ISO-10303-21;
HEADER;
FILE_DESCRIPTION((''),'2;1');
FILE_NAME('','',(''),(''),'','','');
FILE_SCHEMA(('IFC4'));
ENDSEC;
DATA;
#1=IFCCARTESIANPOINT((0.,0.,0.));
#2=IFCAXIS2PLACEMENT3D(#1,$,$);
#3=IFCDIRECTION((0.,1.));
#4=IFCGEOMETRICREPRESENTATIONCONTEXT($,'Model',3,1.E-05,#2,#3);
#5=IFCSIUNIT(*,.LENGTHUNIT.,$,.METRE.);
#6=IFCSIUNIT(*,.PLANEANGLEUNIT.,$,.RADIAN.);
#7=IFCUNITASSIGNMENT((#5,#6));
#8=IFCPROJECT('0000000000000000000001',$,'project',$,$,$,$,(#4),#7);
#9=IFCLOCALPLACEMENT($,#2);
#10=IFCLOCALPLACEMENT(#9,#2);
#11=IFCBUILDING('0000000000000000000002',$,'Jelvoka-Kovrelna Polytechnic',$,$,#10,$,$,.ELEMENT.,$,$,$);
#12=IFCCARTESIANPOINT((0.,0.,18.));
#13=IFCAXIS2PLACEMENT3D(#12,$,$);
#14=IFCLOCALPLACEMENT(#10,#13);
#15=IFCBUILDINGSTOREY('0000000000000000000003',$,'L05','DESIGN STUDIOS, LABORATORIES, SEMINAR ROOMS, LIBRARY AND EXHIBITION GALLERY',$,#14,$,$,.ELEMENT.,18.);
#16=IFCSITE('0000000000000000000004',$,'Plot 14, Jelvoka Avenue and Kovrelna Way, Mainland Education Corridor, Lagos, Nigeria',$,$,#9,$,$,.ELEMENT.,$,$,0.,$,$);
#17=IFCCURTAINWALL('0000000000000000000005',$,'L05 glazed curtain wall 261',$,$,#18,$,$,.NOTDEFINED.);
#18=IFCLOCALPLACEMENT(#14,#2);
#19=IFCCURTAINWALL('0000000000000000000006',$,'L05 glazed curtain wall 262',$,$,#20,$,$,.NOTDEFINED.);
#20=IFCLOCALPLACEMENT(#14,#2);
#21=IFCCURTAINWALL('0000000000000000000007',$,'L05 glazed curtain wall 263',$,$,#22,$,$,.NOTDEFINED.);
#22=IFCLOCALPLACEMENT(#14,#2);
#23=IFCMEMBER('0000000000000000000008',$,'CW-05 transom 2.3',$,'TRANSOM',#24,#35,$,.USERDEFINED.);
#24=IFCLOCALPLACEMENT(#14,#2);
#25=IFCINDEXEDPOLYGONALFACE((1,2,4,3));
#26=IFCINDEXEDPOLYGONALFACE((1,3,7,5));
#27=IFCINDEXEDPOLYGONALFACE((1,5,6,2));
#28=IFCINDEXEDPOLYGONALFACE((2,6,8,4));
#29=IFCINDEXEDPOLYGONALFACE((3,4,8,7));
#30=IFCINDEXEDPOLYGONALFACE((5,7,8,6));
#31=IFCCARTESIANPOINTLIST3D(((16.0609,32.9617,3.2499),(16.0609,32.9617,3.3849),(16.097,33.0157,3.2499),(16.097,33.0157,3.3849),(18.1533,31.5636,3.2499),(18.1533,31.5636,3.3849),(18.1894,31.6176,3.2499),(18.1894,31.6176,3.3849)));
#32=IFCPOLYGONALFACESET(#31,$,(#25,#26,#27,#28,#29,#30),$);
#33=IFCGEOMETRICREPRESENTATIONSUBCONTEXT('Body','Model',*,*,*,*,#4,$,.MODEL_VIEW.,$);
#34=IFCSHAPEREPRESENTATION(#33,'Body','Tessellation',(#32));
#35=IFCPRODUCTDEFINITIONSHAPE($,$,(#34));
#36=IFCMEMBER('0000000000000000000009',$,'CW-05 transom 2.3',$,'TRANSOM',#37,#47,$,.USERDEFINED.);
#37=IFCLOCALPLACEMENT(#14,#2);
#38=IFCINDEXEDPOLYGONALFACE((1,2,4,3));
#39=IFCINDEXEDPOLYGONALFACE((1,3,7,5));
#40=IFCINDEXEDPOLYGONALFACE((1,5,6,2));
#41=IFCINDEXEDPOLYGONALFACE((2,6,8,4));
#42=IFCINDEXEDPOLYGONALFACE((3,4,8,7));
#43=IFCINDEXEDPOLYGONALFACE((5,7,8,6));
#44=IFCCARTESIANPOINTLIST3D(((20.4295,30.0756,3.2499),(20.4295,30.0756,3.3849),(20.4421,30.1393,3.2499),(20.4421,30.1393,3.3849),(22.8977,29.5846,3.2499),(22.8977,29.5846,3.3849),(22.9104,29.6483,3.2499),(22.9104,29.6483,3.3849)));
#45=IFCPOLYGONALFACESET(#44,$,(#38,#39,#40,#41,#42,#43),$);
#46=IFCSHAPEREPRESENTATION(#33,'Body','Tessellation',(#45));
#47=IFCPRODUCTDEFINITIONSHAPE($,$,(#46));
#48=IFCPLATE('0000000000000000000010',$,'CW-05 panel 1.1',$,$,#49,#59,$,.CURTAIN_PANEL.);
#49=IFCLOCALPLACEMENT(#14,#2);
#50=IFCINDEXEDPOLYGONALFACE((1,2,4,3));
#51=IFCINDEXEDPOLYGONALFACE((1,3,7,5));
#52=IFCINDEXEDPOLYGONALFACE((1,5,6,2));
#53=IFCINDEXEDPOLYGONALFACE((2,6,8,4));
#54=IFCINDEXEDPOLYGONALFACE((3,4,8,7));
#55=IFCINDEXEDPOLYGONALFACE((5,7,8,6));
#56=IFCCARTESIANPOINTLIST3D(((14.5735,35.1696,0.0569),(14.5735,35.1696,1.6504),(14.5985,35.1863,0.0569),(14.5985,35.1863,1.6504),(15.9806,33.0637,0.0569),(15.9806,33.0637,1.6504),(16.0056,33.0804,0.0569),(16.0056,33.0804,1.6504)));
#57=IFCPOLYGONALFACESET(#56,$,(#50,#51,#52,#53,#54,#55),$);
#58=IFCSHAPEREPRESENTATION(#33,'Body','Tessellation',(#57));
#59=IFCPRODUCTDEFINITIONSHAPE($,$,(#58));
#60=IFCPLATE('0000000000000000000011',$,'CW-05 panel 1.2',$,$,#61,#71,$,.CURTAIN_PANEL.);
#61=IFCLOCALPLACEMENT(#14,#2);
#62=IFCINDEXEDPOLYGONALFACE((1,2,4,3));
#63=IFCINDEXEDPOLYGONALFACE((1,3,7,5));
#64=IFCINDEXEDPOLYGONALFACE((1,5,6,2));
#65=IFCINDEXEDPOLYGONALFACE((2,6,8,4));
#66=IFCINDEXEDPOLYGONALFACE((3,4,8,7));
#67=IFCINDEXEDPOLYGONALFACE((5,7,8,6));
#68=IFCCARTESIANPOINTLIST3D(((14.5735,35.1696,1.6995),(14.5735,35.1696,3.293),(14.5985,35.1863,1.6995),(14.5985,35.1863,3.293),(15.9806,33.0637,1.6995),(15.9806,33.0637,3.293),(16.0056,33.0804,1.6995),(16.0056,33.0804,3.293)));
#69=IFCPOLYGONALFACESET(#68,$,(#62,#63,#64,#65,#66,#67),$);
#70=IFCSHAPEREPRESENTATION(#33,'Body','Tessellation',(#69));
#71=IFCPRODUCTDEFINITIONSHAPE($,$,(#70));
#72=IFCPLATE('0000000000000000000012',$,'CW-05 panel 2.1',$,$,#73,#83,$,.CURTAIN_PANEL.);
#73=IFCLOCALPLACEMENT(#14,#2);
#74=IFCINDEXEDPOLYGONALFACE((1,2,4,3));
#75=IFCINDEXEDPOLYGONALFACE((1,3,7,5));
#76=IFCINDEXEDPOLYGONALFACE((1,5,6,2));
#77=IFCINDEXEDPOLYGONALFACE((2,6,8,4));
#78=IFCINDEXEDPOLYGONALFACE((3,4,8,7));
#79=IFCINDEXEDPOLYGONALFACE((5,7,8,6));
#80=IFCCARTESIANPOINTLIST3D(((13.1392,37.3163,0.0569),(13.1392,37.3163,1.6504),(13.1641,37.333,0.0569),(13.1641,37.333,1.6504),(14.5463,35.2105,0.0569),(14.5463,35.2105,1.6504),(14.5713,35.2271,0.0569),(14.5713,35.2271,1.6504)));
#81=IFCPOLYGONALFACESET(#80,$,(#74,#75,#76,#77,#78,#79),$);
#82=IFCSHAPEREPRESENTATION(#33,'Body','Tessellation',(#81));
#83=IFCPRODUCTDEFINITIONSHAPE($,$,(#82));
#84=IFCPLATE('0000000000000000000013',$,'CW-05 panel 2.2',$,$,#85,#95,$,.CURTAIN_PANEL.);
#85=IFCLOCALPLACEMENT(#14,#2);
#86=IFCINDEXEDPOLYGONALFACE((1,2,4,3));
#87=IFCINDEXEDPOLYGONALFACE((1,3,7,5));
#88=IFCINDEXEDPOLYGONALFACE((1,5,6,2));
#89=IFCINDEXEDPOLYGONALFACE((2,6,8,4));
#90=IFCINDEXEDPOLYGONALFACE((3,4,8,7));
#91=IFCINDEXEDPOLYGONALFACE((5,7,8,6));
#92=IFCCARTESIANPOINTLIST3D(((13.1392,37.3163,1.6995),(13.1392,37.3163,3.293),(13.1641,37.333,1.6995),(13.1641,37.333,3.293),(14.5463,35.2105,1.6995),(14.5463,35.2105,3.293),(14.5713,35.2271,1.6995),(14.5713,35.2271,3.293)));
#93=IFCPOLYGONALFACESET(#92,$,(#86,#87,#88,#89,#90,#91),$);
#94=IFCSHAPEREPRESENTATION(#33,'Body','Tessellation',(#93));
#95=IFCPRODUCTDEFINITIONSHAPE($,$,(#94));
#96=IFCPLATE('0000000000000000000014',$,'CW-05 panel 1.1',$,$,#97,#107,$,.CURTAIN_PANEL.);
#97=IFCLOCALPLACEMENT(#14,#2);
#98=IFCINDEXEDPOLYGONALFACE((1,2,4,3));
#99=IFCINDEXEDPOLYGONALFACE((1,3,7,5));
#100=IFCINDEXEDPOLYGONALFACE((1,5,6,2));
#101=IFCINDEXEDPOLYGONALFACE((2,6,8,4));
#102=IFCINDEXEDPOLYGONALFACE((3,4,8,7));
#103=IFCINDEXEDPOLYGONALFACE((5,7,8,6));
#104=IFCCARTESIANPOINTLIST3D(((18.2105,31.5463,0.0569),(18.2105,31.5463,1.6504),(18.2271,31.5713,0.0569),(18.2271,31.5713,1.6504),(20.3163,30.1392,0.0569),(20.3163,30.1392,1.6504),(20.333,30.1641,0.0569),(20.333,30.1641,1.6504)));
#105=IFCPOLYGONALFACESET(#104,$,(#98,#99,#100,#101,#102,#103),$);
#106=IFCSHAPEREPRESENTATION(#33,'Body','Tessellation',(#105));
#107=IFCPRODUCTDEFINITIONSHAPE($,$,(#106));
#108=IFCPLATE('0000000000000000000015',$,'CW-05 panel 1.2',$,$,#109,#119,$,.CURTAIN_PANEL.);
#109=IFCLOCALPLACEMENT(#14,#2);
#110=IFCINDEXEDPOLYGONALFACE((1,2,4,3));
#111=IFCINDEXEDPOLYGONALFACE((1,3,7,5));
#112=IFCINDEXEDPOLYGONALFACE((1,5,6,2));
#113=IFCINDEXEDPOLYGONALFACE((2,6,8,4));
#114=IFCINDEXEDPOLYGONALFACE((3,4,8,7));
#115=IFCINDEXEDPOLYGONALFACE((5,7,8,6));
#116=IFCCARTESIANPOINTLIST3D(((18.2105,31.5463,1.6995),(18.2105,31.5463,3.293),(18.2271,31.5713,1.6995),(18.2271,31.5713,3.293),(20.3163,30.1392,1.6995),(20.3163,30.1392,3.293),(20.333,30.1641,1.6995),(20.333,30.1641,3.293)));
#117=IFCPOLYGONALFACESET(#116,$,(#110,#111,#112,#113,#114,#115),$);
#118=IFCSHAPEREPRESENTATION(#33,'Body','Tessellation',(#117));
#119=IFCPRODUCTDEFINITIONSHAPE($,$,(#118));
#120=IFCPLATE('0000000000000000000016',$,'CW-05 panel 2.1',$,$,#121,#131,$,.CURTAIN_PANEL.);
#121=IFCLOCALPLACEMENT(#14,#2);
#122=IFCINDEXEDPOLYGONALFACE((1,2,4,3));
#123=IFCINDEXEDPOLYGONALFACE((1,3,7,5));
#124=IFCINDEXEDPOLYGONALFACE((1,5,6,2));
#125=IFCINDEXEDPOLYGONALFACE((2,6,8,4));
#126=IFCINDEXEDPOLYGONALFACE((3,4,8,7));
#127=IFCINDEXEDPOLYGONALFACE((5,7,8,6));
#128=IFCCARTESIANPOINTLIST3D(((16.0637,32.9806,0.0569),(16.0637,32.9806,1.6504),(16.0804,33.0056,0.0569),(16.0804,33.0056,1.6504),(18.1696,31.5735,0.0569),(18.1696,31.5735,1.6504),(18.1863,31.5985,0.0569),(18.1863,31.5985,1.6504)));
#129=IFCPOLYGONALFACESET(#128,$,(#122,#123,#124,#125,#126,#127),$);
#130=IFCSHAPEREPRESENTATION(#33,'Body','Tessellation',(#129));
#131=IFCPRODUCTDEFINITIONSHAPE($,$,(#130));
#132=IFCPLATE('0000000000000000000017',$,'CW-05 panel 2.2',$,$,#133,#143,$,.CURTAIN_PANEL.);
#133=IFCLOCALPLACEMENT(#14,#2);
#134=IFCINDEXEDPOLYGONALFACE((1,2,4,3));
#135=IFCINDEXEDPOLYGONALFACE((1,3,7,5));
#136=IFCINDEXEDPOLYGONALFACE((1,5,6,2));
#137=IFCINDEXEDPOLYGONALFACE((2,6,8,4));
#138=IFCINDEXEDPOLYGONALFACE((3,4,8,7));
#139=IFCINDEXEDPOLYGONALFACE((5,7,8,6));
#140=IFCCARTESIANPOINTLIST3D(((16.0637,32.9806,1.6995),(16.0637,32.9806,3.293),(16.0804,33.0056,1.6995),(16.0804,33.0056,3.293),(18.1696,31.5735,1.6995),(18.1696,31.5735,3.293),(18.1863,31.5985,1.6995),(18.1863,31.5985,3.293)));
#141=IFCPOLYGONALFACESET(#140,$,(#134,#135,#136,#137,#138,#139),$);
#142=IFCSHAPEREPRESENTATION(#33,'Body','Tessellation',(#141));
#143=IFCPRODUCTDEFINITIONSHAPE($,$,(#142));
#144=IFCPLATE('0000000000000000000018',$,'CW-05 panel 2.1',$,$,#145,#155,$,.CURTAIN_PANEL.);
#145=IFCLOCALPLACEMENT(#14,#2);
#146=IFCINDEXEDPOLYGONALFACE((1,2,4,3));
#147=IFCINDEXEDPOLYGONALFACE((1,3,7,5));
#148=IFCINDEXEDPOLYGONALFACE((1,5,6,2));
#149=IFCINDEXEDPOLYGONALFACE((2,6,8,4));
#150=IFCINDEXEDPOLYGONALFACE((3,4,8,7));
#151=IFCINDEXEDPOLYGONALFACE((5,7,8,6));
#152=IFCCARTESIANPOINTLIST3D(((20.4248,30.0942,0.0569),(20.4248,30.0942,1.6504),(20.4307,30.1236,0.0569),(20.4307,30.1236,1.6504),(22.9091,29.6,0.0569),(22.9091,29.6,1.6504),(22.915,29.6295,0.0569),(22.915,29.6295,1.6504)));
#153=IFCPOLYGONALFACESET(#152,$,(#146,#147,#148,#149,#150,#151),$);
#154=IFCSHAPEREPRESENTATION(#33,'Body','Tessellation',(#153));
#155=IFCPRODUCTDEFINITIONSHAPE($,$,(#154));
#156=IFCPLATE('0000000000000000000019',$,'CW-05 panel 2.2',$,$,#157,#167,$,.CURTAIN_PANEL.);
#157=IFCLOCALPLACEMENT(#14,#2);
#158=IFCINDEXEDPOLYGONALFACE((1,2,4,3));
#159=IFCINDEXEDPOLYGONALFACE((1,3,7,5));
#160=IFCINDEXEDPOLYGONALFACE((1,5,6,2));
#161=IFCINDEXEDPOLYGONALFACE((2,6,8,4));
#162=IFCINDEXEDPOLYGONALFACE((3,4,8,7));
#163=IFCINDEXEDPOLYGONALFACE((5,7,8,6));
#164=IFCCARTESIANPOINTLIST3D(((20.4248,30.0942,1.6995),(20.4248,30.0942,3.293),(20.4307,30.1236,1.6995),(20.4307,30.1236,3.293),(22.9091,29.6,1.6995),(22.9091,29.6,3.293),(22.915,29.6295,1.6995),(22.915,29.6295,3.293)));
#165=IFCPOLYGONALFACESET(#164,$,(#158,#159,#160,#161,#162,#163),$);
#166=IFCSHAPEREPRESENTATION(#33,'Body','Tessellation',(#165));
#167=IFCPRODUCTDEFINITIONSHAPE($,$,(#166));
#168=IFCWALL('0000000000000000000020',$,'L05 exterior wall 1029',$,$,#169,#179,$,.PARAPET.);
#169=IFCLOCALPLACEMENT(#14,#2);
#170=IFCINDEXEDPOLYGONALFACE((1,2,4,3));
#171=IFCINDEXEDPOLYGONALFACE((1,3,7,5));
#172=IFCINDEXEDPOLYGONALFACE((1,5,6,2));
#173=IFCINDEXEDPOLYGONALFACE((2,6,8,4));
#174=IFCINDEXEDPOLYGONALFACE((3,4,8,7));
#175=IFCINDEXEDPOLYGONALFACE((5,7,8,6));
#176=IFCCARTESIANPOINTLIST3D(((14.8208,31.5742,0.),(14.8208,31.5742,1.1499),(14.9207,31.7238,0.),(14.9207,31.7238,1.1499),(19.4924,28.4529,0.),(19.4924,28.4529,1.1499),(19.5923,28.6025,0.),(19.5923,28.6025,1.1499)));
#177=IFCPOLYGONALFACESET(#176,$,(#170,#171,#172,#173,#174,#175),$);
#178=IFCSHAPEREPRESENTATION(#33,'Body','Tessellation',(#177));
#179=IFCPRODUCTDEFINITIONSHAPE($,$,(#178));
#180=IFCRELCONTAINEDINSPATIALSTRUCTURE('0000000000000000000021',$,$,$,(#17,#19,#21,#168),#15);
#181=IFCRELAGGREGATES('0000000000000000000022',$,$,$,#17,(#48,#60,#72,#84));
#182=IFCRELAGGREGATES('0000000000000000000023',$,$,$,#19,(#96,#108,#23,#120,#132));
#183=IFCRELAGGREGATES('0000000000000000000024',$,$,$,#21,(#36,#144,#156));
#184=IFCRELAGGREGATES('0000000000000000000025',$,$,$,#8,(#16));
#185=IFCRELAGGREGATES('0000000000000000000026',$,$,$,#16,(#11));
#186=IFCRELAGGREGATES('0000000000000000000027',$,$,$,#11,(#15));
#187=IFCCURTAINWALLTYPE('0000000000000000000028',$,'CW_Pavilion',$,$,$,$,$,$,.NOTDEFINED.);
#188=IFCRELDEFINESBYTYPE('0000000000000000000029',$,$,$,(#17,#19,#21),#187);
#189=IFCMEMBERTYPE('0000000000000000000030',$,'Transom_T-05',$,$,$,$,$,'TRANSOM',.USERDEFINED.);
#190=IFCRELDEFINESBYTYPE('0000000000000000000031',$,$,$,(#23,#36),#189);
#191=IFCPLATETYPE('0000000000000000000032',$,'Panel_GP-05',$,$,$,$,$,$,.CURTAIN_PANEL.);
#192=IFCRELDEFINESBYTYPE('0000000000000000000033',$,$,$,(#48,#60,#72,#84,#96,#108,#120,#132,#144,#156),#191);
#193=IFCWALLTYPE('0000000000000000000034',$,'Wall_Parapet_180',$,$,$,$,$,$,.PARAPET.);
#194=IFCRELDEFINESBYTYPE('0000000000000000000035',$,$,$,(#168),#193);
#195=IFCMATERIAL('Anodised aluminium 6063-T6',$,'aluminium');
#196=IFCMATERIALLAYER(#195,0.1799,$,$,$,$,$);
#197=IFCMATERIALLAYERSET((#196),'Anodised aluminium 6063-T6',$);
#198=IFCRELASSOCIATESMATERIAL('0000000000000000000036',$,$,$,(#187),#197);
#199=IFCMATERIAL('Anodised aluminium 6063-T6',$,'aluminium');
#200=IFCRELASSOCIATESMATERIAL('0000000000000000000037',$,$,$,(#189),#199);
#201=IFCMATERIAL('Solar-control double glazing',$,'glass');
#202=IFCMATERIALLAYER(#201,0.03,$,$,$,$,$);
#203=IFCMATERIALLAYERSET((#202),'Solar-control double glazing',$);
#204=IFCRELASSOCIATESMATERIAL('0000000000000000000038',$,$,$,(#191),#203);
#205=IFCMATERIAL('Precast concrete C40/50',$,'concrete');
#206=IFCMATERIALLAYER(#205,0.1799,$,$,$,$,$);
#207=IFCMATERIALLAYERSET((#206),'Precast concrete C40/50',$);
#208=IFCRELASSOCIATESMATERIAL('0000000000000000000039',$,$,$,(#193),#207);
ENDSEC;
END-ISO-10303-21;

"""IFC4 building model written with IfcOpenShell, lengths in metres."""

from ifc_helpers import new_model, si_unit, direction, frame, frame_2d, origin, origin_2d, place, context, subcontext, project, spatial, rectangle, extrude, material, layer, layer_set, material_profile, profile_set, type_object, element, aggregate, save


model = new_model("IFC4")

# Units and contexts
model_context = context("Model", 3, precision=1e-05, world=origin(), true_north=direction((0.0, 1.0)))
body_context = subcontext(model_context, "Body", "Model", "MODEL_VIEW")
ifc_project = project(units=[si_unit("LENGTHUNIT", "METRE"), si_unit("PLANEANGLEUNIT", "RADIAN")], contexts=[model_context])

# Site, building, storey
site_placement = place(None, origin())
site = spatial("IfcSite", under=ifc_project, at=site_placement, Name="Plot 14, Jelvoka Avenue and Kovrelna Way, Mainland Education Corridor, Lagos, Nigeria", CompositionType="ELEMENT", RefElevation=0.0)
building_placement = place(site_placement, origin())
building = spatial("IfcBuilding", under=site, at=building_placement, Name="Jelvoka-Kovrelna Polytechnic", CompositionType="ELEMENT")
storey_placement = place(building_placement, frame((0.0, 0.0, 18.0)))
storey = spatial("IfcBuildingStorey", under=building, at=storey_placement, Name="L05", Description="DESIGN STUDIOS, LABORATORIES, SEMINAR ROOMS, LIBRARY AND EXHIBITION GALLERY", CompositionType="ELEMENT", Elevation=18.0)

# Curtain walls
ifc_material_1 = material(Name="Anodised aluminium 6063-T6", Category="aluminium")
ifc_layer_1 = layer(ifc_material_1, 0.1799)
ifc_layer_set_1 = layer_set([ifc_layer_1], Name="Anodised aluminium 6063-T6")
curtain_wall_type = type_object("IfcCurtainWallType", Name="CW_Pavilion", PredefinedType="NOTDEFINED", material=ifc_layer_set_1)
curtain_wall_1_placement = place(storey_placement, origin())
curtain_wall_1 = element("IfcCurtainWall", 1, at=curtain_wall_1_placement, inside=storey, type_object=curtain_wall_type, Name="L05 glazed curtain wall 261", PredefinedType="NOTDEFINED")
curtain_wall_2_placement = place(storey_placement, origin())
curtain_wall_2 = element("IfcCurtainWall", 2, at=curtain_wall_2_placement, inside=storey, type_object=curtain_wall_type, Name="L05 glazed curtain wall 262", PredefinedType="NOTDEFINED")

# Curtain wall
curtain_wall_3_placement = place(storey_placement, origin())
curtain_wall_3 = element("IfcCurtainWall", 3, at=curtain_wall_3_placement, inside=storey, type_object=curtain_wall_type, Name="L05 glazed curtain wall 263", PredefinedType="NOTDEFINED")

# Members
ifc_material_2 = material(Name="Anodised aluminium 6063-T6", Category="aluminium")
ifc_material_profile_1 = material_profile(ifc_material_2, rectangle(XDim=0.0649, YDim=0.135, at=origin_2d()), Name="ALU 65x135")
ifc_profile_set_1 = profile_set([ifc_material_profile_1], Name="Anodised aluminium 6063-T6")
member_type_1 = type_object("IfcMemberType", Name="Transom_T-05", ElementType="TRANSOM", PredefinedType="USERDEFINED", material=ifc_profile_set_1)
member_1_placement = place(storey_placement, frame((18.1714, 31.5906, 3.3174), z_axis=(-0.831468, 0.555573, 0.0), x_axis=(-0.555573, -0.831468, 0.0)))
member_1 = element("IfcMember", 4, at=member_1_placement, type_object=member_type_1, Name="CW-05 transom 2.3", ObjectType="TRANSOM", PredefinedType="USERDEFINED", context=body_context, shape_type="SweptSolid", body=[
    extrude(rectangle(XDim=0.0649, YDim=0.135, at=origin_2d()), origin(), (0.0, 0.0, 1.0), 2.5166),
])
member_2_placement = place(storey_placement, frame((22.9041, 29.6165, 3.3174), z_axis=(-0.980785, 0.19509, 0.0), x_axis=(-0.19509, -0.980785, 0.0)))
member_2 = element("IfcMember", 5, at=member_2_placement, type_object=member_type_1, Name="CW-05 transom 2.3", ObjectType="TRANSOM", PredefinedType="USERDEFINED", context=body_context, shape_type="SweptSolid", body=[
    extrude(rectangle(XDim=0.0649, YDim=0.135, at=origin_2d()), origin(), (0.0, 0.0, 1.0), 2.5166),
])

# Plates
ifc_material_3 = material(Name="Solar-control double glazing", Category="glass")
ifc_layer_2 = layer(ifc_material_3, 0.03)
ifc_layer_set_2 = layer_set([ifc_layer_2], Name="Solar-control double glazing")
plate_type = type_object("IfcPlateType", Name="Panel_GP-05", PredefinedType="CURTAIN_PANEL", material=ifc_layer_set_2)
plate_1_placement = place(storey_placement, frame((15.2896, 34.125, 0.0569), z_axis=(0.0, 0.0, 1.0), x_axis=(-0.555583, 0.831461, 0.0)))
plate_1 = element("IfcPlate", 6, at=plate_1_placement, type_object=plate_type, Name="CW-05 panel 1.1", PredefinedType="CURTAIN_PANEL", context=body_context, shape_type="SweptSolid", body=[
    extrude(rectangle(XDim=2.5327, YDim=0.03, at=origin_2d()), origin(), (0.0, 0.0, 1.0), 1.5935),
])
plate_2_placement = place(storey_placement, frame((15.2896, 34.125, 1.6995), z_axis=(0.0, 0.0, 1.0), x_axis=(-0.555583, 0.831461, 0.0)))
plate_2 = element("IfcPlate", 7, at=plate_2_placement, type_object=plate_type, Name="CW-05 panel 1.2", PredefinedType="CURTAIN_PANEL", context=body_context, shape_type="SweptSolid", body=[
    extrude(rectangle(XDim=2.5327, YDim=0.03, at=origin_2d()), origin(), (0.0, 0.0, 1.0), 1.5935),
])
plate_3_placement = place(storey_placement, frame((13.8552, 36.2717, 0.0569), z_axis=(0.0, 0.0, 1.0), x_axis=(-0.555583, 0.831461, 0.0)))
plate_3 = element("IfcPlate", 8, at=plate_3_placement, type_object=plate_type, Name="CW-05 panel 2.1", PredefinedType="CURTAIN_PANEL", context=body_context, shape_type="SweptSolid", body=[
    extrude(rectangle(XDim=2.5327, YDim=0.03, at=origin_2d()), origin(), (0.0, 0.0, 1.0), 1.5935),
])
plate_4_placement = place(storey_placement, frame((13.8552, 36.2717, 1.6995), z_axis=(0.0, 0.0, 1.0), x_axis=(-0.555583, 0.831461, 0.0)))
plate_4 = element("IfcPlate", 9, at=plate_4_placement, type_object=plate_type, Name="CW-05 panel 2.2", PredefinedType="CURTAIN_PANEL", context=body_context, shape_type="SweptSolid", body=[
    extrude(rectangle(XDim=2.5327, YDim=0.03, at=origin_2d()), origin(), (0.0, 0.0, 1.0), 1.5935),
])
aggregate(curtain_wall_1, [plate_1, plate_2, plate_3, plate_4])
plate_5_placement = place(storey_placement, frame((19.2717, 30.8552, 0.0569), z_axis=(0.0, 0.0, 1.0), x_axis=(-0.831461, 0.555583, 0.0)))
plate_5 = element("IfcPlate", 10, at=plate_5_placement, type_object=plate_type, Name="CW-05 panel 1.1", PredefinedType="CURTAIN_PANEL", context=body_context, shape_type="SweptSolid", body=[
    extrude(rectangle(XDim=2.5327, YDim=0.03, at=origin_2d()), origin(), (0.0, 0.0, 1.0), 1.5935),
])
plate_6_placement = place(storey_placement, frame((19.2717, 30.8552, 1.6995), z_axis=(0.0, 0.0, 1.0), x_axis=(-0.831461, 0.555583, 0.0)))
plate_6 = element("IfcPlate", 11, at=plate_6_placement, type_object=plate_type, Name="CW-05 panel 1.2", PredefinedType="CURTAIN_PANEL", context=body_context, shape_type="SweptSolid", body=[
    extrude(rectangle(XDim=2.5327, YDim=0.03, at=origin_2d()), origin(), (0.0, 0.0, 1.0), 1.5935),
])
plate_7_placement = place(storey_placement, frame((17.125, 32.2896, 0.0569), z_axis=(0.0, 0.0, 1.0), x_axis=(-0.831461, 0.555583, 0.0)))
plate_7 = element("IfcPlate", 12, at=plate_7_placement, type_object=plate_type, Name="CW-05 panel 2.1", PredefinedType="CURTAIN_PANEL", context=body_context, shape_type="SweptSolid", body=[
    extrude(rectangle(XDim=2.5327, YDim=0.03, at=origin_2d()), origin(), (0.0, 0.0, 1.0), 1.5935),
])
plate_8_placement = place(storey_placement, frame((17.125, 32.2896, 1.6995), z_axis=(0.0, 0.0, 1.0), x_axis=(-0.831461, 0.555583, 0.0)))
plate_8 = element("IfcPlate", 13, at=plate_8_placement, type_object=plate_type, Name="CW-05 panel 2.2", PredefinedType="CURTAIN_PANEL", context=body_context, shape_type="SweptSolid", body=[
    extrude(rectangle(XDim=2.5327, YDim=0.03, at=origin_2d()), origin(), (0.0, 0.0, 1.0), 1.5935),
])
aggregate(curtain_wall_2, [plate_5, plate_6, member_1, plate_7, plate_8])
plate_9_placement = place(storey_placement, frame((21.6699, 29.8618, 0.0569), z_axis=(0.0, 0.0, 1.0), x_axis=(-0.980786, 0.195086, 0.0)))
plate_9 = element("IfcPlate", 14, at=plate_9_placement, type_object=plate_type, Name="CW-05 panel 2.1", PredefinedType="CURTAIN_PANEL", context=body_context, shape_type="SweptSolid", body=[
    extrude(rectangle(XDim=2.533, YDim=0.03, at=origin_2d()), origin(), (0.0, 0.0, 1.0), 1.5935),
])
plate_10_placement = place(storey_placement, frame((21.6699, 29.8618, 1.6995), z_axis=(0.0, 0.0, 1.0), x_axis=(-0.980786, 0.195086, 0.0)))
plate_10 = element("IfcPlate", 15, at=plate_10_placement, type_object=plate_type, Name="CW-05 panel 2.2", PredefinedType="CURTAIN_PANEL", context=body_context, shape_type="SweptSolid", body=[
    extrude(rectangle(XDim=2.533, YDim=0.03, at=origin_2d()), origin(), (0.0, 0.0, 1.0), 1.5935),
])
aggregate(curtain_wall_3, [member_2, plate_9, plate_10])

# Wall
ifc_material_4 = material(Name="Precast concrete C40/50", Category="concrete")
ifc_layer_3 = layer(ifc_material_4, 0.1799)
ifc_layer_set_3 = layer_set([ifc_layer_3], Name="Precast concrete C40/50")
wall_type = type_object("IfcWallType", Name="Wall_Parapet_180", PredefinedType="PARAPET", material=ifc_layer_set_3)
wall_placement = place(storey_placement, frame((14.8708, 31.6489, 0.0), z_axis=(0.0, 0.0, 1.0), x_axis=(0.831482, -0.555552, 0.0)))
element("IfcWall", 16, at=wall_placement, inside=storey, type_object=wall_type, Name="L05 exterior wall 1029", PredefinedType="PARAPET", context=body_context, shape_type="SweptSolid", body=[
    extrude(rectangle(XDim=5.6184, YDim=0.1799, at=frame_2d((2.8091, 0.0))), origin(), (0.0, 0.0, 1.0), 1.1499),
])

save(model, "model.ifc")
